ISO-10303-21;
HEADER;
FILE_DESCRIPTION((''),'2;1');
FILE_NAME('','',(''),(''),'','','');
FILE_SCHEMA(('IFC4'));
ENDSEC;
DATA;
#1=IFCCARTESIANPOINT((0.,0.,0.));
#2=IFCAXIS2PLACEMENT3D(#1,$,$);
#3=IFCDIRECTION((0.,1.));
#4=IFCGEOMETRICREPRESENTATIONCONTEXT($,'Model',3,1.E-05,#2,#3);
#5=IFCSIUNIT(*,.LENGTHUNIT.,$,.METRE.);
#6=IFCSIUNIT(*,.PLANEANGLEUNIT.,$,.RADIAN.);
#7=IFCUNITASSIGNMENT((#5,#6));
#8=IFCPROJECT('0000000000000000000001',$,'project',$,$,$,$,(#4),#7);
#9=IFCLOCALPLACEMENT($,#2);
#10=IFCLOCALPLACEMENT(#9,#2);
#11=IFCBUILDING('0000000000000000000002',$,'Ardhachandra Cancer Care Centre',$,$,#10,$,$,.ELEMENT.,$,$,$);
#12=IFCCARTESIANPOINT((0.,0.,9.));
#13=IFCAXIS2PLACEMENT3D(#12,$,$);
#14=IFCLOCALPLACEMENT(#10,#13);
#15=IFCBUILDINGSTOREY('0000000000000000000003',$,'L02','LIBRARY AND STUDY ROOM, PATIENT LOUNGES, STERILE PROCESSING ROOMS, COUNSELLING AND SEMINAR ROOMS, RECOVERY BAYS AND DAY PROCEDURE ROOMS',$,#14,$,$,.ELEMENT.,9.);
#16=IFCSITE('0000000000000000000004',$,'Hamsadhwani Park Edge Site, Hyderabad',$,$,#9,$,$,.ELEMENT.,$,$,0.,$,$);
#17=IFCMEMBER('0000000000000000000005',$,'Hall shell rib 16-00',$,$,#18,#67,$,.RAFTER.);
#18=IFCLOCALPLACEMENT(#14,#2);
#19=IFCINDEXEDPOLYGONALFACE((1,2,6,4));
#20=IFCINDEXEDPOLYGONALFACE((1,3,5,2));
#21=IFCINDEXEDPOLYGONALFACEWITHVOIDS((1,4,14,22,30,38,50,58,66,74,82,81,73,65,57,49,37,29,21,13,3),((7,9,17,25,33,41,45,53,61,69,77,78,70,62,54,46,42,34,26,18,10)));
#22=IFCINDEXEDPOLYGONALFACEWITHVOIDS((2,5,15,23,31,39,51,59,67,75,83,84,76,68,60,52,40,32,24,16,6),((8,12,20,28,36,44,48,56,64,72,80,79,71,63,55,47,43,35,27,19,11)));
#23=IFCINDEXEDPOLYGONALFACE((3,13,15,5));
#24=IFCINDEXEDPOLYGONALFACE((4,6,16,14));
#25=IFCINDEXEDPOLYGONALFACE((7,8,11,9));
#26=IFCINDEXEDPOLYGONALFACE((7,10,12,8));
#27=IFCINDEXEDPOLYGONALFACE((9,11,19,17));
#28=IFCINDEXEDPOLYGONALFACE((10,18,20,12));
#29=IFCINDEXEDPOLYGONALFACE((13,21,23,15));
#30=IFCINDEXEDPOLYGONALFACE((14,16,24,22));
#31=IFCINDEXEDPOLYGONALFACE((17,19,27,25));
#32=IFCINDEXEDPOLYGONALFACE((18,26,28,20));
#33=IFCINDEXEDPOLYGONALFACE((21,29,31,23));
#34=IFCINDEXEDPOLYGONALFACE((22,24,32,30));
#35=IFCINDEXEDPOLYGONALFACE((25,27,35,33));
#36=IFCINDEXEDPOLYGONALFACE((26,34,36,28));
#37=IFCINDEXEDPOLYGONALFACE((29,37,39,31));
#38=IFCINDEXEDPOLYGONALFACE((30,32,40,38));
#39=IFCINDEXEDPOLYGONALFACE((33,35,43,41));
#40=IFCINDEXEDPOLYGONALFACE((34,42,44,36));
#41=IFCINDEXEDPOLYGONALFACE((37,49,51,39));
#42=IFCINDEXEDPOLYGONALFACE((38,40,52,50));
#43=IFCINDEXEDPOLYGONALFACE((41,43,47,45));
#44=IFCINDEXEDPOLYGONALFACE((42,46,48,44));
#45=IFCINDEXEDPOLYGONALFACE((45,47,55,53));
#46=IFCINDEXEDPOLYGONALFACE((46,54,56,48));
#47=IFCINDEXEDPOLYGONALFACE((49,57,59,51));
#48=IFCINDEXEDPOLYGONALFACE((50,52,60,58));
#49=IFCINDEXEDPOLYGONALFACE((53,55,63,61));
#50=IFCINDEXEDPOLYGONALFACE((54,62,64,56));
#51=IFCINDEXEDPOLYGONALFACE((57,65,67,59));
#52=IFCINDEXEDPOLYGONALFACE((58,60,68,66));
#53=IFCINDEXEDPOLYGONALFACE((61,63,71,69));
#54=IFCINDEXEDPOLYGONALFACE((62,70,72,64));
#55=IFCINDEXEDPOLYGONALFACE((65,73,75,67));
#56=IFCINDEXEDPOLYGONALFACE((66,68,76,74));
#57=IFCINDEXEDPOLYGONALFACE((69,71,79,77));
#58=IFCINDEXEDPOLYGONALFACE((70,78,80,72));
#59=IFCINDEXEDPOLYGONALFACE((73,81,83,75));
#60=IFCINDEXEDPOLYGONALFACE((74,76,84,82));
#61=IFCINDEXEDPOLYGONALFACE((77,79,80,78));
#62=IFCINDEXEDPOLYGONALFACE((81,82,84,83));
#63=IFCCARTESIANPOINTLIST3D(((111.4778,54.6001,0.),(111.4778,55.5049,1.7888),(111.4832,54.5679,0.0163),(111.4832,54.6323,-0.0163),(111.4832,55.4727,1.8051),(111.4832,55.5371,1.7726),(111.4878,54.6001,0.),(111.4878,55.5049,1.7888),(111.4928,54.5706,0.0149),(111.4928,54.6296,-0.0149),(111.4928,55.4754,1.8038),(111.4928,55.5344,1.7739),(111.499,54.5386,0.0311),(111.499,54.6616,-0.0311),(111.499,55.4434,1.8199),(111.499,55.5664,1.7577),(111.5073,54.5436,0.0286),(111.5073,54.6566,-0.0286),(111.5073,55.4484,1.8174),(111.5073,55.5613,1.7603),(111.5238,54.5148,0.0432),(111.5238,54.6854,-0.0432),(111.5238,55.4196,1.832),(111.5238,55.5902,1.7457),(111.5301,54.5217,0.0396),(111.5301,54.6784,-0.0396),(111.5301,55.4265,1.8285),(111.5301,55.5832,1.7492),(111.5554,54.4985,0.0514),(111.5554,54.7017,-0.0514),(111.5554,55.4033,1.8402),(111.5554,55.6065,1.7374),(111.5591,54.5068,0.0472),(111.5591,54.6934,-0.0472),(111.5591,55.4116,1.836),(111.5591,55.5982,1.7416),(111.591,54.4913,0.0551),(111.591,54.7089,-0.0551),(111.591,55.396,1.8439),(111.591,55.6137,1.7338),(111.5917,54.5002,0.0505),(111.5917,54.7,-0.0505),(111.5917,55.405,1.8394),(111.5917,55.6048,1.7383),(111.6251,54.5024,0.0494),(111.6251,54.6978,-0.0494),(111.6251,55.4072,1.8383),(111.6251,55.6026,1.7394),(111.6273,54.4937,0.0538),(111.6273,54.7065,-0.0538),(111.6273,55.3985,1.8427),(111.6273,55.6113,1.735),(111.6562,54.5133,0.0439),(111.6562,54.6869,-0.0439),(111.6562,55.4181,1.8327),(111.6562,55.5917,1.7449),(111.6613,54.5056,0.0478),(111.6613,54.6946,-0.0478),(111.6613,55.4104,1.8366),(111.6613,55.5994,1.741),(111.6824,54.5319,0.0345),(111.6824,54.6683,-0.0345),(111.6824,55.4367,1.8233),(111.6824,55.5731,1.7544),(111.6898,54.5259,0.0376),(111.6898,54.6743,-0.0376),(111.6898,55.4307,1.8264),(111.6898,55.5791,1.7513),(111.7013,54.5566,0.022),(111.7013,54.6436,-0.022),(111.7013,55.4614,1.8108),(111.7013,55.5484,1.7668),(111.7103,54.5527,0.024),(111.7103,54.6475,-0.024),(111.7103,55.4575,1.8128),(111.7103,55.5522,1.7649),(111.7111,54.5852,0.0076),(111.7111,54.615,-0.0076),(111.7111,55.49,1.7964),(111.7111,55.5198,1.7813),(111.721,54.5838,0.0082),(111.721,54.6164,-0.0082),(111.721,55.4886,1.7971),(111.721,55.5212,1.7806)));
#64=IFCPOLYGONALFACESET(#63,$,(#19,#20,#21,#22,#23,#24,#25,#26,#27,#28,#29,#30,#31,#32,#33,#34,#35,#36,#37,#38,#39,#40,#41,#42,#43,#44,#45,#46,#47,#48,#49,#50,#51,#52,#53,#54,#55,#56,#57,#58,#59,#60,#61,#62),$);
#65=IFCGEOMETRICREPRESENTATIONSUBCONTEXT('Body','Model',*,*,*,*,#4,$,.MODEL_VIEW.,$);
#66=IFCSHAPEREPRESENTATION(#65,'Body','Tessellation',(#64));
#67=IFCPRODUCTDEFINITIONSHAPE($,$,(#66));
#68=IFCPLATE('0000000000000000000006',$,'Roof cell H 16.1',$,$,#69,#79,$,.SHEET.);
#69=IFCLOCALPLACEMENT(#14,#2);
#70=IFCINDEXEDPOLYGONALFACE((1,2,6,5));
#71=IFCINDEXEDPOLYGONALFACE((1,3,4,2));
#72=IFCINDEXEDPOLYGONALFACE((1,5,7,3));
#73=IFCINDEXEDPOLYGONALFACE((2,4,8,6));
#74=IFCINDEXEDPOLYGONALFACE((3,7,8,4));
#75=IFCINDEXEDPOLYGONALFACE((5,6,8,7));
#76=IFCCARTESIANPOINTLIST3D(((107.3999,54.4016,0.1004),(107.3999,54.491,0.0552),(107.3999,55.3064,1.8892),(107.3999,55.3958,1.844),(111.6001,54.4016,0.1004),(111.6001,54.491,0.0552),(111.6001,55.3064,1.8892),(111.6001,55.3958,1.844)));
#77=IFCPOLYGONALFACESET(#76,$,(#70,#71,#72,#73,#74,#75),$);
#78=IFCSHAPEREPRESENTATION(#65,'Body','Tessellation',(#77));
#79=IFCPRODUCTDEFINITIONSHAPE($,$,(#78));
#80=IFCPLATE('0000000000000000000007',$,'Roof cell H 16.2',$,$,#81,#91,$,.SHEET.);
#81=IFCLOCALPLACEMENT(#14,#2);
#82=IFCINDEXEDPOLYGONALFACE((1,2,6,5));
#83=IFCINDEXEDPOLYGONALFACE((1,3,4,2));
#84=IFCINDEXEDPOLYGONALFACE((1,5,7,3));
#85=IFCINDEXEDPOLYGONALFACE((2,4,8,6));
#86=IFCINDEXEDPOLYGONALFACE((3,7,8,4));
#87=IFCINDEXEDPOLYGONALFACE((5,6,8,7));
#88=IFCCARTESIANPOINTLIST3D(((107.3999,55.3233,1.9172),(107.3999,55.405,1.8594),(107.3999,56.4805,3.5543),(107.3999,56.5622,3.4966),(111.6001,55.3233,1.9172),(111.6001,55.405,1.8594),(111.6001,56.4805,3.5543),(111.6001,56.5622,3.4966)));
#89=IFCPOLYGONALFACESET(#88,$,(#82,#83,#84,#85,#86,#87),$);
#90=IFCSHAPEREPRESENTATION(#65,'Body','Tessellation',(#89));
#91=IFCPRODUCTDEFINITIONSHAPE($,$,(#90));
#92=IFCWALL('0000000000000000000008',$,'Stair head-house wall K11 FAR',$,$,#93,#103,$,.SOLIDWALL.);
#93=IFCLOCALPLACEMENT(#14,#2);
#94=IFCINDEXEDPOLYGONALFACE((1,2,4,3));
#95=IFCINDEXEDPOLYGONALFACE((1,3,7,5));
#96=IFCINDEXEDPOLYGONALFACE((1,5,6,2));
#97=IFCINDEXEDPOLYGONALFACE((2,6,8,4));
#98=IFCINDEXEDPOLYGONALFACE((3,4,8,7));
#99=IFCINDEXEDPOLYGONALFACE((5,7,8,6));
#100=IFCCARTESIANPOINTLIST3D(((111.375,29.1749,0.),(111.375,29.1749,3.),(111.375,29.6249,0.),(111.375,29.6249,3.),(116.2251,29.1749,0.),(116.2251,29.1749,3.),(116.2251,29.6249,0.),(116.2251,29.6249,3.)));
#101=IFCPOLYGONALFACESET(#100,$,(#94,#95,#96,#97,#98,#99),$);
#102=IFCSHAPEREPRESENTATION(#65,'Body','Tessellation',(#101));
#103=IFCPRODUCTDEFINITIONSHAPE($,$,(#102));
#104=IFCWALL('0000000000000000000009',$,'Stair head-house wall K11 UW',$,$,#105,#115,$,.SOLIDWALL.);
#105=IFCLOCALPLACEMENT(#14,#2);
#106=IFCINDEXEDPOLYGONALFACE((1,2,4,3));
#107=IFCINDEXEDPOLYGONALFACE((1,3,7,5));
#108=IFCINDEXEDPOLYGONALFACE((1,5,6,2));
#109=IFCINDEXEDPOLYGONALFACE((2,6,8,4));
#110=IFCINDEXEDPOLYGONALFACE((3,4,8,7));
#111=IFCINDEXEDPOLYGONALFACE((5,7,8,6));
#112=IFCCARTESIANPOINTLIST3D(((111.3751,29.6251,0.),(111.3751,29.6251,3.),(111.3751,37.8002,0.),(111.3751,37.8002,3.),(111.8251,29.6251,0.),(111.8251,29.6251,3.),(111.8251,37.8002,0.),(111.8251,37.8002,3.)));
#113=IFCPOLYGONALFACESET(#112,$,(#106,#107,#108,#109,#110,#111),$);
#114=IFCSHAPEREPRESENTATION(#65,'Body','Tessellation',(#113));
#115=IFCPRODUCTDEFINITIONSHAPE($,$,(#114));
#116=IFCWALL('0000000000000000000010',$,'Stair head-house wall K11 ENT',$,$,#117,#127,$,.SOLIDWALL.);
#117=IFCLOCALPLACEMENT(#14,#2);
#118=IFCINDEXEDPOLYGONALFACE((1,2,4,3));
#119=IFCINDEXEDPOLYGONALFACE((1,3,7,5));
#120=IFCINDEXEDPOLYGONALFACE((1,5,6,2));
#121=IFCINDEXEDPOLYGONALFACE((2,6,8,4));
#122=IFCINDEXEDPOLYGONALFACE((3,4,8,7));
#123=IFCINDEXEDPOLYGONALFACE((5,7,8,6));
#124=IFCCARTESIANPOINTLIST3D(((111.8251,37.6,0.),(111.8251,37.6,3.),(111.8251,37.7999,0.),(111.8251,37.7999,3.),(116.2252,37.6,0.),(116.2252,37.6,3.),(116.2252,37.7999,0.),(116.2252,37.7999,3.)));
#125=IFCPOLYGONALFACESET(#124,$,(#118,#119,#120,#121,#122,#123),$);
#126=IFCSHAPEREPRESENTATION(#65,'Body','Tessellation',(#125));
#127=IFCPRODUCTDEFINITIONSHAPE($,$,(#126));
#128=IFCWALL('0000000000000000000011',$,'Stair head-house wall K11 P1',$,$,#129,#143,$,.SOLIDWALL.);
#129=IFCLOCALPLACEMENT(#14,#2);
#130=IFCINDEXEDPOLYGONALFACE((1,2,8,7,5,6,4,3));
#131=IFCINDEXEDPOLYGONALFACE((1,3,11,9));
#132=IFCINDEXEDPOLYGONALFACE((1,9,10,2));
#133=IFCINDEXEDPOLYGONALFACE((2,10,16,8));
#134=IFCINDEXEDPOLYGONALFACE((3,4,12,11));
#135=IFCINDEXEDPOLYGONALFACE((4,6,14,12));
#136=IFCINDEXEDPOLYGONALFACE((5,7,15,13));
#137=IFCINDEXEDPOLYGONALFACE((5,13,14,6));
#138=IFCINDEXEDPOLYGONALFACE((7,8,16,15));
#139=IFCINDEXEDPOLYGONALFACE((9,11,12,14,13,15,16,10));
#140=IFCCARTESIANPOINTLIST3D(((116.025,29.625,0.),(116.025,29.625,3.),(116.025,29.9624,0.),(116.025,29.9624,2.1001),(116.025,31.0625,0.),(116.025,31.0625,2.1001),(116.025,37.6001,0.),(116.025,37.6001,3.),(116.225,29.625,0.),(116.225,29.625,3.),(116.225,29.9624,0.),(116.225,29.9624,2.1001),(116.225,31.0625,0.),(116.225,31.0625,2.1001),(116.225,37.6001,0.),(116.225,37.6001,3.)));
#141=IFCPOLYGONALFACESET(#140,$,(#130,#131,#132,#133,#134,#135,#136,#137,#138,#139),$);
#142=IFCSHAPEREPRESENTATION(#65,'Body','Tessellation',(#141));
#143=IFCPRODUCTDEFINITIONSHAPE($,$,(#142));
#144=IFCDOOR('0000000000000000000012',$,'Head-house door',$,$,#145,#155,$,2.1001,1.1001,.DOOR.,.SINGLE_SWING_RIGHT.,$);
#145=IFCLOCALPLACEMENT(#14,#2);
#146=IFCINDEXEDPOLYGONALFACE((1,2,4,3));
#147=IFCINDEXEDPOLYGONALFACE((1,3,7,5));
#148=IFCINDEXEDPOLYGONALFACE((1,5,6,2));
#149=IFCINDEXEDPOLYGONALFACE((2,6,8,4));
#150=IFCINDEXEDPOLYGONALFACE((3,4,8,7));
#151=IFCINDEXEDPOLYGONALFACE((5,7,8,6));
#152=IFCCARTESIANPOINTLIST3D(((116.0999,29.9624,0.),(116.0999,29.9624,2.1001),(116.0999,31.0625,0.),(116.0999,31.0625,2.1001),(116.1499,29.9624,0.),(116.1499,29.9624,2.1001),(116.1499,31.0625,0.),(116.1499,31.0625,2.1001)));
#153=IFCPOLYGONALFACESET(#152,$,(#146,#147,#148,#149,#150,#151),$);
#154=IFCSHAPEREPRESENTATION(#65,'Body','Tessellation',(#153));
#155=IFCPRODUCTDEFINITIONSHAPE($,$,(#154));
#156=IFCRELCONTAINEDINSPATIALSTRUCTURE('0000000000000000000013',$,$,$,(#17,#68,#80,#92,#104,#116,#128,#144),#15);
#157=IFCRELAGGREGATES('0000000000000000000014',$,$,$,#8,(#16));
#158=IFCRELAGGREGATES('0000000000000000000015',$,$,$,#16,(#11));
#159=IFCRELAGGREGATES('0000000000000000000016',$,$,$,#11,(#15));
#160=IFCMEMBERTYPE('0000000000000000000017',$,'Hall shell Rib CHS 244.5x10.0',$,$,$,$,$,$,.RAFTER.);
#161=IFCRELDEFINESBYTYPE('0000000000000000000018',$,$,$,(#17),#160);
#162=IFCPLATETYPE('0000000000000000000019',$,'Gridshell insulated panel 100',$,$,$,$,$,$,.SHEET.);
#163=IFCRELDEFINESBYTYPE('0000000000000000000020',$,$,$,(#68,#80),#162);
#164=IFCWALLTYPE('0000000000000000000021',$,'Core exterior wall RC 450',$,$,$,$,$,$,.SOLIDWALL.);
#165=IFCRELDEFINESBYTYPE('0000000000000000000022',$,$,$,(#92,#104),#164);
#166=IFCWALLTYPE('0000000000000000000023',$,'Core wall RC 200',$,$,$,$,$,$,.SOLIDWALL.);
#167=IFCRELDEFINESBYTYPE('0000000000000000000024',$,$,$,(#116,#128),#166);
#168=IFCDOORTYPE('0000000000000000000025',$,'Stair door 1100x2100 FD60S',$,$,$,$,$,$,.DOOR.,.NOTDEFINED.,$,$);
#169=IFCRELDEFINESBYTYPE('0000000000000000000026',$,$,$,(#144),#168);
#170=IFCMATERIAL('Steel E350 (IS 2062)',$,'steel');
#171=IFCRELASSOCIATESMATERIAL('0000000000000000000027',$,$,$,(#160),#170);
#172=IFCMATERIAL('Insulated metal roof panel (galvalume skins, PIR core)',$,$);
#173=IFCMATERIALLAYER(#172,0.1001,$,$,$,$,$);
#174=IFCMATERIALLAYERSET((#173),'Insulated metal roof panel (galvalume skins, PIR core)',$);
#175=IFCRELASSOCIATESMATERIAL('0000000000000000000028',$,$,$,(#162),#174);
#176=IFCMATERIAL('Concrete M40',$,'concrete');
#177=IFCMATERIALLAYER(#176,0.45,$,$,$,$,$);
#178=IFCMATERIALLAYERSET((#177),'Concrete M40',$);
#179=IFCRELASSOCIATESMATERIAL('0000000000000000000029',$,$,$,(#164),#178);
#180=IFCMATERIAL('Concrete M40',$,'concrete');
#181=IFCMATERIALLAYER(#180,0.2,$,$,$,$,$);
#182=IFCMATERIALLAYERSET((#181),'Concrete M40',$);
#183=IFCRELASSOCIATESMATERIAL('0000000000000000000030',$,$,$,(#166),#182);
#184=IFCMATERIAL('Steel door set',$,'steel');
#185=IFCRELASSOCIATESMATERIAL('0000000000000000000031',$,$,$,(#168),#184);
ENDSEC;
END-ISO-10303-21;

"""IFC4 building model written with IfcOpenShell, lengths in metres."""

from ifc_helpers import new_model, si_unit, direction, frame, frame_2d, origin, origin_2d, place, context, subcontext, project, spatial, polyline, rectangle, hollow_circle, outline, extrude, material, layer, layer_set, material_profile, profile_set, type_object, element, fill, save


model = new_model("IFC4")

# Units and contexts
model_context = context("Model", 3, precision=1e-05, world=origin(), true_north=direction((0.0, 1.0)))
body_context = subcontext(model_context, "Body", "Model", "MODEL_VIEW")
ifc_project = project(units=[si_unit("LENGTHUNIT", "METRE"), si_unit("PLANEANGLEUNIT", "RADIAN")], contexts=[model_context])

# Site, building, storey
site_placement = place(None, origin())
site = spatial("IfcSite", under=ifc_project, at=site_placement, Name="Hamsadhwani Park Edge Site, Hyderabad", CompositionType="ELEMENT", RefElevation=0.0)
building_placement = place(site_placement, origin())
building = spatial("IfcBuilding", under=site, at=building_placement, Name="Ardhachandra Cancer Care Centre", CompositionType="ELEMENT")
storey_placement = place(building_placement, frame((0.0, 0.0, 9.0)))
storey = spatial("IfcBuildingStorey", under=building, at=storey_placement, Name="L02", Description="LIBRARY AND STUDY ROOM, PATIENT LOUNGES, STERILE PROCESSING ROOMS, COUNSELLING AND SEMINAR ROOMS, RECOVERY BAYS AND DAY PROCEDURE ROOMS", CompositionType="ELEMENT", Elevation=9.0)

# Member
ifc_material_1 = material(Name="Steel E350 (IS 2062)", Category="steel")
ifc_material_profile_1 = material_profile(ifc_material_1, hollow_circle(Radius=0.1223, WallThickness=0.01, at=origin_2d()), Name="CHS 244.5x10.0")
ifc_profile_set_1 = profile_set([ifc_material_profile_1], Name="Steel E350 (IS 2062)")
member_type_1 = type_object("IfcMemberType", Name="Hall shell Rib CHS 244.5x10.0", PredefinedType="RAFTER", material=ifc_profile_set_1)
member_1_placement = place(storey_placement, frame((111.6001, 54.6001, 0.0), z_axis=(0.0, 0.45135, 0.892347), x_axis=(-1.0, 0.0, 0.0)))
element("IfcMember", 1, at=member_1_placement, inside=storey, type_object=member_type_1, Name="Hall shell rib 16-00", PredefinedType="RAFTER", context=body_context, shape_type="SweptSolid", body=[
    extrude(hollow_circle(Radius=0.1223, WallThickness=0.01, at=origin_2d()), origin(), (0.0, 0.0, 1.0), 2.0046),
])

# Plates
ifc_material_2 = material(Name="Insulated metal roof panel (galvalume skins, PIR core)")
ifc_layer_1 = layer(ifc_material_2, 0.1001)
ifc_layer_set_1 = layer_set([ifc_layer_1], Name="Insulated metal roof panel (galvalume skins, PIR core)")
plate_type = type_object("IfcPlateType", Name="Gridshell insulated panel 100", PredefinedType="SHEET", material=ifc_layer_set_1)
plate_1_placement = place(storey_placement, frame((107.3999, 54.491, 0.0552), z_axis=(0.0, -0.892347, 0.45135), x_axis=(1.0, 0.0, 0.0)))
element("IfcPlate", 2, at=plate_1_placement, inside=storey, type_object=plate_type, Name="Roof cell H 16.1", PredefinedType="SHEET", context=body_context, shape_type="SweptSolid", body=[
    extrude(outline(polyline([(0.0, 0.0), (4.2002, 0.0), (4.2002, 2.0046), (0.0, 2.0046), (0.0, 0.0)])), origin(), (0.0, 0.0, 1.0), 0.1001),
])
plate_2_placement = place(storey_placement, frame((107.3999, 55.405, 1.8594), z_axis=(0.0, -0.816603, 0.577199), x_axis=(1.0, 0.0, 0.0)))
element("IfcPlate", 3, at=plate_2_placement, inside=storey, type_object=plate_type, Name="Roof cell H 16.2", PredefinedType="SHEET", context=body_context, shape_type="SweptSolid", body=[
    extrude(outline(polyline([(0.0, 0.0), (4.2002, 0.0), (4.2002, 2.0049), (0.0, 2.0049), (0.0, 0.0)])), origin(), (0.0, 0.0, 1.0), 0.1001),
])

# Walls
ifc_material_3 = material(Name="Concrete M40", Category="concrete")
ifc_layer_2 = layer(ifc_material_3, 0.45)
ifc_layer_set_2 = layer_set([ifc_layer_2], Name="Concrete M40")
wall_type_1 = type_object("IfcWallType", Name="Core exterior wall RC 450", PredefinedType="SOLIDWALL", material=ifc_layer_set_2)
wall_1_placement = place(storey_placement, frame((111.375, 29.3999, 0.0), z_axis=(0.0, 0.0, 1.0), x_axis=(1.0, 0.0, 0.0)))
element("IfcWall", 4, at=wall_1_placement, inside=storey, type_object=wall_type_1, Name="Stair head-house wall K11 FAR", PredefinedType="SOLIDWALL", context=body_context, shape_type="SweptSolid", body=[
    extrude(rectangle(XDim=4.8501, YDim=0.45, at=frame_2d((2.425, 0.0))), origin(), (0.0, 0.0, 1.0), 3.0),
])
wall_2_placement = place(storey_placement, frame((111.6001, 37.8, 0.0), z_axis=(0.0, 0.0, 1.0), x_axis=(0.0, -1.0, 0.0)))
element("IfcWall", 5, at=wall_2_placement, inside=storey, type_object=wall_type_1, Name="Stair head-house wall K11 UW", PredefinedType="SOLIDWALL", context=body_context, shape_type="SweptSolid", body=[
    extrude(rectangle(XDim=8.175, YDim=0.45, at=frame_2d((4.0874, 0.0))), origin(), (0.0, 0.0, 1.0), 3.0),
])
ifc_material_4 = material(Name="Concrete M40", Category="concrete")
ifc_layer_3 = layer(ifc_material_4, 0.2)
ifc_layer_set_3 = layer_set([ifc_layer_3], Name="Concrete M40")
wall_type_2 = type_object("IfcWallType", Name="Core wall RC 200", PredefinedType="SOLIDWALL", material=ifc_layer_set_3)
wall_3_placement = place(storey_placement, frame((111.825, 37.7, 0.0), z_axis=(0.0, 0.0, 1.0), x_axis=(1.0, 0.0, 0.0)))
element("IfcWall", 6, at=wall_3_placement, inside=storey, type_object=wall_type_2, Name="Stair head-house wall K11 ENT", PredefinedType="SOLIDWALL", context=body_context, shape_type="SweptSolid", body=[
    extrude(rectangle(XDim=4.4001, YDim=0.2, at=frame_2d((2.2002, 0.0))), origin(), (0.0, 0.0, 1.0), 3.0),
])

# Wall, opening, door
wall_4_placement = place(storey_placement, frame((116.125, 37.6001, 0.0), z_axis=(0.0, 0.0, 1.0), x_axis=(0.0, -1.0, 0.0)))
wall_4 = element("IfcWall", 7, at=wall_4_placement, inside=storey, type_object=wall_type_2, Name="Stair head-house wall K11 P1", PredefinedType="SOLIDWALL", context=body_context, shape_type="SweptSolid", body=[
    extrude(rectangle(XDim=7.9751, YDim=0.2, at=frame_2d((3.9875, 0.0))), origin(), (0.0, 0.0, 1.0), 3.0),
])
opening_placement = place(wall_4_placement, frame((6.5376, 0.0, 0.0)))
opening = element("IfcOpeningElement", 8, at=opening_placement, cuts=wall_4, PredefinedType="OPENING", context=body_context, shape_type="SweptSolid", body=[
    extrude(rectangle(XDim=1.1001, YDim=2.1001, at=frame_2d((0.55, 1.05))), frame((0.0, 0.1099, 0.0), z_axis=(0.0, -1.0, 0.0), x_axis=(1.0, 0.0, 0.0)), (0.0, 0.0, 1.0), 0.22),
])
ifc_material_5 = material(Name="Steel door set", Category="steel")
door_type = type_object("IfcDoorType", Name="Stair door 1100x2100 FD60S", OperationType="NOTDEFINED", PredefinedType="DOOR", material=ifc_material_5)
door_placement = place(opening_placement, origin())
door = element("IfcDoor", 9, at=door_placement, inside=storey, type_object=door_type, Name="Head-house door", OperationType="SINGLE_SWING_RIGHT", OverallHeight=2.1001, OverallWidth=1.1001, PredefinedType="DOOR", context=body_context, shape_type="SweptSolid", body=[
    extrude(rectangle(XDim=1.1001, YDim=2.1001, at=frame_2d((0.55, 1.05))), frame((0.0, 0.0249, 0.0), z_axis=(0.0, -1.0, 0.0), x_axis=(1.0, 0.0, 0.0)), (0.0, 0.0, 1.0), 0.05),
])
fill(opening, door)

save(model, "model.ifc")
